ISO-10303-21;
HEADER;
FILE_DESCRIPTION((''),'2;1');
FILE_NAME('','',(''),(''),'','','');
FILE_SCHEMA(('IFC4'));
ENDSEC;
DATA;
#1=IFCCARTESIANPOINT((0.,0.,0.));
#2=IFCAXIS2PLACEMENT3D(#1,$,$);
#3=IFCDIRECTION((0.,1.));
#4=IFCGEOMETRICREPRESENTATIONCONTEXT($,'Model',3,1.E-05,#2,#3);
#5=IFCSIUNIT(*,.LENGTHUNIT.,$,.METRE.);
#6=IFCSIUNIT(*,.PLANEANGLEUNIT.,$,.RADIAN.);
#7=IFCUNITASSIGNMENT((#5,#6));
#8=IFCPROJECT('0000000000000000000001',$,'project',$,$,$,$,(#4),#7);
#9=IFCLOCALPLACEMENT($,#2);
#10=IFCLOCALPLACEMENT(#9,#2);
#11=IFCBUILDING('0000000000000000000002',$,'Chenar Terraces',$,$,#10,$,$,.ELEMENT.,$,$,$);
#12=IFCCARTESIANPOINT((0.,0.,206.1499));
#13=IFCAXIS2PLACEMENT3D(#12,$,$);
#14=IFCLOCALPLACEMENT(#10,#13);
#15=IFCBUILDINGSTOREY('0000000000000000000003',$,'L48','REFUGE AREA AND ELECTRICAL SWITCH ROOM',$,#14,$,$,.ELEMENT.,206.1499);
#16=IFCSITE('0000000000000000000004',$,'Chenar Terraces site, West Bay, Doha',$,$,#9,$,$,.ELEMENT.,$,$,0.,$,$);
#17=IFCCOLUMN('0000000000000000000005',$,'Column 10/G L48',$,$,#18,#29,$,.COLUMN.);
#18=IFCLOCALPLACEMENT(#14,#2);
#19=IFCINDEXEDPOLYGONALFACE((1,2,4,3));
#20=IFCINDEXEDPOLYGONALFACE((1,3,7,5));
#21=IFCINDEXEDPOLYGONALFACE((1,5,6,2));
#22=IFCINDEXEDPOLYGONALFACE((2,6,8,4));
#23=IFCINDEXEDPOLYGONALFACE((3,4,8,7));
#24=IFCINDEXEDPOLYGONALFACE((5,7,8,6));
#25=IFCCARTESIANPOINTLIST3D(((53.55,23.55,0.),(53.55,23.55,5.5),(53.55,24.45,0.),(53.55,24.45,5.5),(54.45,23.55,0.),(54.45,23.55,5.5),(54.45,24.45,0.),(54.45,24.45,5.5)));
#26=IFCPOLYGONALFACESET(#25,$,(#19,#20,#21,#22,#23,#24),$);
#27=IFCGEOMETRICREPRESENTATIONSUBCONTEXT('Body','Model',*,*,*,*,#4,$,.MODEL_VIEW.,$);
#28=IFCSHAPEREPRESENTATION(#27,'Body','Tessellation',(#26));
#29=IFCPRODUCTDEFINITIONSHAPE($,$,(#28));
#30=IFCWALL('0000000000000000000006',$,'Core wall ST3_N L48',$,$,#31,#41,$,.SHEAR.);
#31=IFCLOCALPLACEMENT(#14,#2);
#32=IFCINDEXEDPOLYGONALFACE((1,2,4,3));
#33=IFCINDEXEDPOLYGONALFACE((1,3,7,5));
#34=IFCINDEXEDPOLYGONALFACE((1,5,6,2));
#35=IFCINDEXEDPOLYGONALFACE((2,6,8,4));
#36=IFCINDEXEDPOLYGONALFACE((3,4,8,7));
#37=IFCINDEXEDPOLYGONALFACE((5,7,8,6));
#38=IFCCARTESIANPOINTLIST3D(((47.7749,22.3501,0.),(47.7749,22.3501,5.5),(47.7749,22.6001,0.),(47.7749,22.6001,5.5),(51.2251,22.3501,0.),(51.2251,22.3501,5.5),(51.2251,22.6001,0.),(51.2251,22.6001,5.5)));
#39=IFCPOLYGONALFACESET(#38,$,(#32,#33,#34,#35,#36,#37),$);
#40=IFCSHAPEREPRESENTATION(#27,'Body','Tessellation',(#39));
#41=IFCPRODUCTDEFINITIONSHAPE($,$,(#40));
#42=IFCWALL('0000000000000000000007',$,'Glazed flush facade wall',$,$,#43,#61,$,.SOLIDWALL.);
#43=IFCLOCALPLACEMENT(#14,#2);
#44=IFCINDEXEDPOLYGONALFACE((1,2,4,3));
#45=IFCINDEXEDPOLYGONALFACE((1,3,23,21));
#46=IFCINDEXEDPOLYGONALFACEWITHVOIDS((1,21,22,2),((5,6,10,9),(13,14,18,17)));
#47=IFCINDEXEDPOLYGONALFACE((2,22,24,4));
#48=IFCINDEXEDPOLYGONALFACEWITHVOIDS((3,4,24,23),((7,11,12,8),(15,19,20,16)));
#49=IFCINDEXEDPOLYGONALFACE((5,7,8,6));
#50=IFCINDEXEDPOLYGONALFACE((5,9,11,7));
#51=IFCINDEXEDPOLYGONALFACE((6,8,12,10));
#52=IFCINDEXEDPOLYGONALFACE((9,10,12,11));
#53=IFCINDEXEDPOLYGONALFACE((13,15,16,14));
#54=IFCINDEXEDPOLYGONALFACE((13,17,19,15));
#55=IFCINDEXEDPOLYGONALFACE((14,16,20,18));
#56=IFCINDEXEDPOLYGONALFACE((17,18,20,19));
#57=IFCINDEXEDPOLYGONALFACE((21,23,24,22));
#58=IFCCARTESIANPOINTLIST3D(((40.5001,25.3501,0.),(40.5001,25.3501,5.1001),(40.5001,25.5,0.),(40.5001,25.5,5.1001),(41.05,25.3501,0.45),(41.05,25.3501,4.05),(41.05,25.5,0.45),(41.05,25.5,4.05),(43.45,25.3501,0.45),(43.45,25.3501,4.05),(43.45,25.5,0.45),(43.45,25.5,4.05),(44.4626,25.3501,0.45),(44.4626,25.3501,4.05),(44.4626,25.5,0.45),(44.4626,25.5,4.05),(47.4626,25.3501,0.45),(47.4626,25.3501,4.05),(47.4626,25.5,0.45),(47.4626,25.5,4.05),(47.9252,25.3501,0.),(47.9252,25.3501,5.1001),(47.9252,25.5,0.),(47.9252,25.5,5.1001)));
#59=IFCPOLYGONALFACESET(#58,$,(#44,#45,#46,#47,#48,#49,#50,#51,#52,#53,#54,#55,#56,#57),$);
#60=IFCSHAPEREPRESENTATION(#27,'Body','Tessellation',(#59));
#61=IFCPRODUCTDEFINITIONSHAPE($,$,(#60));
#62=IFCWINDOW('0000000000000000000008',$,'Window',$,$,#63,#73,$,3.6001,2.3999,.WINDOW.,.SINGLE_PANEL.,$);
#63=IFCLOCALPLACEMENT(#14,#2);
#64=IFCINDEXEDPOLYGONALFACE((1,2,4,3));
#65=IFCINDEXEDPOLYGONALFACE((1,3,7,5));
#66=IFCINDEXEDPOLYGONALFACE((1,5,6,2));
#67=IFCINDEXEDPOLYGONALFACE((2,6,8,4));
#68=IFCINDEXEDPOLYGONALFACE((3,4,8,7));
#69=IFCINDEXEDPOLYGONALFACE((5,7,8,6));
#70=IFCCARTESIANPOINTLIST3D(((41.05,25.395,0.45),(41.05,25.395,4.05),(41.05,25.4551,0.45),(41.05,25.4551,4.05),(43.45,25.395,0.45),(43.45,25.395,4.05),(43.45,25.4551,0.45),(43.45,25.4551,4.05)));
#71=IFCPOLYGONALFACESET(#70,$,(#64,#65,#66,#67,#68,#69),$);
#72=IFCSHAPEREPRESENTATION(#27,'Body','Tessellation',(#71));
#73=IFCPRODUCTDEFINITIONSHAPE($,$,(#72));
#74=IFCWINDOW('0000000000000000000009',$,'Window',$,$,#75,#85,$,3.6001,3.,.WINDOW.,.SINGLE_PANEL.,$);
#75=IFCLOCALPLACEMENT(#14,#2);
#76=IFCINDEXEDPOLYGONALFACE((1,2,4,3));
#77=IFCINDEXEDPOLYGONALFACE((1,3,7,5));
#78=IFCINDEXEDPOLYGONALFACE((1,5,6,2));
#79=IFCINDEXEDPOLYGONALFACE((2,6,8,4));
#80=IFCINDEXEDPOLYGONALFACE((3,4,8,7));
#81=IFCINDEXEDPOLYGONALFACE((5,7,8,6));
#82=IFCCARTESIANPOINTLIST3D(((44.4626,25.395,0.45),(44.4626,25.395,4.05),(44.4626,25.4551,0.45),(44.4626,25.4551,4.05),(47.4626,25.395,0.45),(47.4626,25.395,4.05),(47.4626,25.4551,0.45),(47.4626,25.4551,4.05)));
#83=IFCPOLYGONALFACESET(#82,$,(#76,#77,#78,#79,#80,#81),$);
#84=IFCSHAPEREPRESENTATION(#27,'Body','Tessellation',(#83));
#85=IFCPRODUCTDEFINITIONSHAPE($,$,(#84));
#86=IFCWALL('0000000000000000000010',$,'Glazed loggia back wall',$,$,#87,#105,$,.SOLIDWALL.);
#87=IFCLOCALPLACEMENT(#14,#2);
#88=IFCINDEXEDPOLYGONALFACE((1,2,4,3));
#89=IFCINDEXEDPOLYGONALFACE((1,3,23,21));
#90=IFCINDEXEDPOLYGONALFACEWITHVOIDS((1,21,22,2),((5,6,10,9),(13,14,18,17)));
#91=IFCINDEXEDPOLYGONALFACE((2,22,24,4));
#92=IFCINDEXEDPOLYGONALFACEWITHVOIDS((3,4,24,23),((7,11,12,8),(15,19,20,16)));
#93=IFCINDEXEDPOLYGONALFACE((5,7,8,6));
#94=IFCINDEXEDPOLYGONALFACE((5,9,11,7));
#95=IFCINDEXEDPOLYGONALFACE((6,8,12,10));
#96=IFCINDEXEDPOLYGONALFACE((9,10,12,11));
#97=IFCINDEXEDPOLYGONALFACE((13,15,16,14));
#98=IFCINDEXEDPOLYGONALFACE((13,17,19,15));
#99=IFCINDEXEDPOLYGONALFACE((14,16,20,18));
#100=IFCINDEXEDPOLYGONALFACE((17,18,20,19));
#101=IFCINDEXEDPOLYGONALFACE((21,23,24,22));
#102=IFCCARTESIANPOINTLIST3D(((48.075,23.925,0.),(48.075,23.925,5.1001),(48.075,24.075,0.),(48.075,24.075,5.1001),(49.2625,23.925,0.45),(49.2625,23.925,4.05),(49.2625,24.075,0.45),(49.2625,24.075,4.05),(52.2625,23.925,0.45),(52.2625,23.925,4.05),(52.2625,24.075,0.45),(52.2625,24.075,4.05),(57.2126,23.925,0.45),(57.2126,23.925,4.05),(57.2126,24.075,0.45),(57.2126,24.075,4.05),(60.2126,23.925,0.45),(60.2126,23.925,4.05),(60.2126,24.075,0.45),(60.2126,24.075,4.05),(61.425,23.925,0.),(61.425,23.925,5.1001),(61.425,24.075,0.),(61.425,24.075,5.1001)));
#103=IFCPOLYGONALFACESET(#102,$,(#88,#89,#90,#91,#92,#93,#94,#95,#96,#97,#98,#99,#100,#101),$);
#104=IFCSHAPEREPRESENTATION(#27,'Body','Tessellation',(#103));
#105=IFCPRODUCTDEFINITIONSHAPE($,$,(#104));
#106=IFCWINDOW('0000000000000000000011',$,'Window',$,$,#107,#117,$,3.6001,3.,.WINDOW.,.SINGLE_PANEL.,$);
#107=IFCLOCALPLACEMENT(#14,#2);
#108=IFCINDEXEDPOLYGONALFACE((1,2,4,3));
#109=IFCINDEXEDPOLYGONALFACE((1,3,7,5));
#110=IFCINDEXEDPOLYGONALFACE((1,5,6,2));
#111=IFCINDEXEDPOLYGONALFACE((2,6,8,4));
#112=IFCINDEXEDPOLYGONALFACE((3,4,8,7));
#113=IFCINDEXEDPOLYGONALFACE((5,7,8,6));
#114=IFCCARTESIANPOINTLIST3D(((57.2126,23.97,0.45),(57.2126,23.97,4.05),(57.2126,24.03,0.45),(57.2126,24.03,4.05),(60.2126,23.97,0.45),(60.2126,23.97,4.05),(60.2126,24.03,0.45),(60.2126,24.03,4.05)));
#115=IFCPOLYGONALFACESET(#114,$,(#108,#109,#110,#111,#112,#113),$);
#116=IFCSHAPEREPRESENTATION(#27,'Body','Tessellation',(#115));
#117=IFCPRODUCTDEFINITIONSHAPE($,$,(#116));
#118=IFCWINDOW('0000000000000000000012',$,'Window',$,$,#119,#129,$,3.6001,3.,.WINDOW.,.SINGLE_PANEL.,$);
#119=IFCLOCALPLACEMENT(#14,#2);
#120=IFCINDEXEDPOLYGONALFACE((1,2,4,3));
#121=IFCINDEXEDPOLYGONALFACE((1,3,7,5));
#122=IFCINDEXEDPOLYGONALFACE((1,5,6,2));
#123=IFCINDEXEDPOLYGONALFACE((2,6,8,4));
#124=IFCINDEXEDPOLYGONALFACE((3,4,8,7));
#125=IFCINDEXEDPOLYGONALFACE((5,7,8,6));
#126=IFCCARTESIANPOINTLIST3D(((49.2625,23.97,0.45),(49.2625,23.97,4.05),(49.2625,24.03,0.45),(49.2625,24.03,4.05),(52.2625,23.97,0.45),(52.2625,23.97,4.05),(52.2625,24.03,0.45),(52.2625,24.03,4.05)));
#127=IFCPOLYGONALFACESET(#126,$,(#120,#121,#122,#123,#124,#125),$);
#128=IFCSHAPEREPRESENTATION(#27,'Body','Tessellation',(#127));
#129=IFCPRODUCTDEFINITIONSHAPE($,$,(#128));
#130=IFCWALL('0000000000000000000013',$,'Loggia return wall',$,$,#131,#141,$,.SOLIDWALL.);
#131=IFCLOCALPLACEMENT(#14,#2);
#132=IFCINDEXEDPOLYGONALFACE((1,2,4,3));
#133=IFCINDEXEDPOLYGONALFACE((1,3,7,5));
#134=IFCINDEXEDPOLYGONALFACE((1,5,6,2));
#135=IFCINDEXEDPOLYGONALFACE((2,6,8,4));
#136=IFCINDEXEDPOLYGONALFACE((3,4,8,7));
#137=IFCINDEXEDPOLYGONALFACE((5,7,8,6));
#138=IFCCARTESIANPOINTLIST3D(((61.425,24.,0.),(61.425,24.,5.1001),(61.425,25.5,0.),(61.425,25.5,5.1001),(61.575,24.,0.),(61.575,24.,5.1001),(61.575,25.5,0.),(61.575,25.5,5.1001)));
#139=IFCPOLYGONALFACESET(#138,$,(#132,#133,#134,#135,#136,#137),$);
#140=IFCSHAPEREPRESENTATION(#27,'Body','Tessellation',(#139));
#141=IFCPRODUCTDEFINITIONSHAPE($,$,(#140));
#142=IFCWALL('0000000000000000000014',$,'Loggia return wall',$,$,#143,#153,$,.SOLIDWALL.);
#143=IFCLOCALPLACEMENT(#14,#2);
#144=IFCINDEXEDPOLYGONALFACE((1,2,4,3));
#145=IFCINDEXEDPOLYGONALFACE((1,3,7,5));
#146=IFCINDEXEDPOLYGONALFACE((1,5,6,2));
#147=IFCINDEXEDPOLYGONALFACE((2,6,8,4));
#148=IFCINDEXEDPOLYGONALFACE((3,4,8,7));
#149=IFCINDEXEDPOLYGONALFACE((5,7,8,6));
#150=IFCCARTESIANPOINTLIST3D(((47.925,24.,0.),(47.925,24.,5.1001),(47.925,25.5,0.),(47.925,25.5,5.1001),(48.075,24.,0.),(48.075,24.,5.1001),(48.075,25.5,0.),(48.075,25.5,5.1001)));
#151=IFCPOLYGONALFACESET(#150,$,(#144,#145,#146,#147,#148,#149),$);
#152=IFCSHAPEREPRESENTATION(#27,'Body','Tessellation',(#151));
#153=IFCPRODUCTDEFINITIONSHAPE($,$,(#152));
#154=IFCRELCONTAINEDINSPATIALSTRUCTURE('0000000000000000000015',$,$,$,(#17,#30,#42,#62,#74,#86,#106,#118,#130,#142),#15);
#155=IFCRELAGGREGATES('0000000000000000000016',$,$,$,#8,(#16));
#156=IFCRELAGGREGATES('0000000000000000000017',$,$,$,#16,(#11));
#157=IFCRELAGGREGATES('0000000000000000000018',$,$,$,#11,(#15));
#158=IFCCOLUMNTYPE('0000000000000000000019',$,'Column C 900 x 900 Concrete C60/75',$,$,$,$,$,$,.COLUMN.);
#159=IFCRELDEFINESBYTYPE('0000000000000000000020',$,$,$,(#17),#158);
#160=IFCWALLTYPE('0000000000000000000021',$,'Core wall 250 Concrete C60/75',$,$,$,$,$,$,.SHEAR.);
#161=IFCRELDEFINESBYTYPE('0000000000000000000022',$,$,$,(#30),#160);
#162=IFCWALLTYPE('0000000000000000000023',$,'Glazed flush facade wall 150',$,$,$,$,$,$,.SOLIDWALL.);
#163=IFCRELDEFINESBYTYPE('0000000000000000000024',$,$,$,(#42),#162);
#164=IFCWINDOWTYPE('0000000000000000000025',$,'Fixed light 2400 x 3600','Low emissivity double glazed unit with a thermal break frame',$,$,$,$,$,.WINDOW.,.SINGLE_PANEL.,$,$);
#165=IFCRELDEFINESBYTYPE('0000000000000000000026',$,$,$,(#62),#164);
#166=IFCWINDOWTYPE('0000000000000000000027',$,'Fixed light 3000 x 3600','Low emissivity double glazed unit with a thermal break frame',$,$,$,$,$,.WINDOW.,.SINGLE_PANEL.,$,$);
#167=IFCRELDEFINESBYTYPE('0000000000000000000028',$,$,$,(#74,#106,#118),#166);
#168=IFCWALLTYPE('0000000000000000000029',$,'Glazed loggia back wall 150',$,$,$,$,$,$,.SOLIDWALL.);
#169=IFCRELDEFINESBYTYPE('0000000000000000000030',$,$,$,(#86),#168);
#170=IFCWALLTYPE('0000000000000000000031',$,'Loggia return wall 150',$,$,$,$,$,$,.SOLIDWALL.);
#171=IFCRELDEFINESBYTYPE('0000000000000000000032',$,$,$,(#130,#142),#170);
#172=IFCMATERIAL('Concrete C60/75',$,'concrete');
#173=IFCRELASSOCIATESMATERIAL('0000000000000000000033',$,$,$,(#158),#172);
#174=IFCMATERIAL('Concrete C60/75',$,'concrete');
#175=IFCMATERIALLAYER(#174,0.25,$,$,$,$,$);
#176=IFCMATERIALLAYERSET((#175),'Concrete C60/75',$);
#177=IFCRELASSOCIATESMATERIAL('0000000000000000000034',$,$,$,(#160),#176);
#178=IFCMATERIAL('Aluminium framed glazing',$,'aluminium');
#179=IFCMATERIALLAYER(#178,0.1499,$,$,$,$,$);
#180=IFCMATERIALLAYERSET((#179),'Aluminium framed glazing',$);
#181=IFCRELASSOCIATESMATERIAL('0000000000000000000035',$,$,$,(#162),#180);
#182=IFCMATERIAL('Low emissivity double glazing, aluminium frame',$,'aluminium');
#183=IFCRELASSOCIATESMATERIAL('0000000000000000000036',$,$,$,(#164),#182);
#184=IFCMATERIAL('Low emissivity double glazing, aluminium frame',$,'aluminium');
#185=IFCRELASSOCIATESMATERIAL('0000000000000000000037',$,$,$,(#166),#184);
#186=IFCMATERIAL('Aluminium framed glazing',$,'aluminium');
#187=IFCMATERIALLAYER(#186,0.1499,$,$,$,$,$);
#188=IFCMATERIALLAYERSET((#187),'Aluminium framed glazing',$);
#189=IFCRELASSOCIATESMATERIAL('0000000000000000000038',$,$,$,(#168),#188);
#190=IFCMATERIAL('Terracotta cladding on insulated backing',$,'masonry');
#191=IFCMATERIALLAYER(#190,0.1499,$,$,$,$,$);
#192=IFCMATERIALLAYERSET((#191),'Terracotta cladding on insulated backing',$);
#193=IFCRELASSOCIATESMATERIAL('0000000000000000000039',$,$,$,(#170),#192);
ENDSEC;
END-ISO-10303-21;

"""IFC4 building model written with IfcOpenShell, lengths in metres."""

from ifc_helpers import new_model, si_unit, direction, frame, frame_2d, origin, origin_2d, place, context, subcontext, project, spatial, rectangle, extrude, material, layer, layer_set, material_profile, profile_set, type_object, element, fill, save


model = new_model("IFC4")

# Units and contexts
model_context = context("Model", 3, precision=1e-05, world=origin(), true_north=direction((0.0, 1.0)))
body_context = subcontext(model_context, "Body", "Model", "MODEL_VIEW")
ifc_project = project(units=[si_unit("LENGTHUNIT", "METRE"), si_unit("PLANEANGLEUNIT", "RADIAN")], contexts=[model_context])

# Site, building, storey
site_placement = place(None, origin())
site = spatial("IfcSite", under=ifc_project, at=site_placement, Name="Chenar Terraces site, West Bay, Doha", CompositionType="ELEMENT", RefElevation=0.0)
building_placement = place(site_placement, origin())
building = spatial("IfcBuilding", under=site, at=building_placement, Name="Chenar Terraces", CompositionType="ELEMENT")
storey_placement = place(building_placement, frame((0.0, 0.0, 206.1499)))
storey = spatial("IfcBuildingStorey", under=building, at=storey_placement, Name="L48", Description="REFUGE AREA AND ELECTRICAL SWITCH ROOM", CompositionType="ELEMENT", Elevation=206.1499)

# Column
ifc_material_1 = material(Name="Concrete C60/75", Category="concrete")
ifc_material_profile_1 = material_profile(ifc_material_1, rectangle(XDim=0.8999, YDim=0.8999, at=origin_2d()), Name="C 900 x 900")
ifc_profile_set_1 = profile_set([ifc_material_profile_1], Name="Concrete C60/75")
column_type = type_object("IfcColumnType", Name="Column C 900 x 900 Concrete C60/75", PredefinedType="COLUMN", material=ifc_profile_set_1)
column_placement = place(storey_placement, frame((54.0, 24.0, 0.0), z_axis=(0.0, 0.0, 1.0), x_axis=(1.0, 0.0, 0.0)))
element("IfcColumn", 1, at=column_placement, inside=storey, type_object=column_type, Name="Column 10/G L48", PredefinedType="COLUMN", context=body_context, shape_type="SweptSolid", body=[
    extrude(rectangle(XDim=0.8999, YDim=0.8999, at=origin_2d()), origin(), (0.0, 0.0, 1.0), 5.5),
])

# Wall
ifc_material_2 = material(Name="Concrete C60/75", Category="concrete")
ifc_layer_1 = layer(ifc_material_2, 0.25)
ifc_layer_set_1 = layer_set([ifc_layer_1], Name="Concrete C60/75")
wall_type_1 = type_object("IfcWallType", Name="Core wall 250 Concrete C60/75", PredefinedType="SHEAR", material=ifc_layer_set_1)
wall_1_placement = place(storey_placement, frame((47.7749, 22.4751, 0.0), z_axis=(0.0, 0.0, 1.0), x_axis=(1.0, 0.0, 0.0)))
element("IfcWall", 2, at=wall_1_placement, inside=storey, type_object=wall_type_1, Name="Core wall ST3_N L48", PredefinedType="SHEAR", context=body_context, shape_type="SweptSolid", body=[
    extrude(rectangle(XDim=3.4502, YDim=0.25, at=frame_2d((1.7251, 0.0))), origin(), (0.0, 0.0, 1.0), 5.5),
])

# Walls, openings, windows
ifc_material_3 = material(Name="Aluminium framed glazing", Category="aluminium")
ifc_layer_2 = layer(ifc_material_3, 0.1499)
ifc_layer_set_2 = layer_set([ifc_layer_2], Name="Aluminium framed glazing")
wall_type_2 = type_object("IfcWallType", Name="Glazed flush facade wall 150", PredefinedType="SOLIDWALL", material=ifc_layer_set_2)
wall_2_placement = place(storey_placement, frame((47.925, 25.425, 0.0), z_axis=(0.0, 0.0, 1.0), x_axis=(-1.0, 0.0, 0.0)))
wall_2 = element("IfcWall", 3, at=wall_2_placement, inside=storey, type_object=wall_type_2, Name="Glazed flush facade wall", PredefinedType="SOLIDWALL", context=body_context, shape_type="SweptSolid", body=[
    extrude(rectangle(XDim=7.425, YDim=0.1499, at=frame_2d((3.7124, 0.0))), origin(), (0.0, 0.0, 1.0), 5.1001),
])
opening_1_placement = place(wall_2_placement, frame((0.4624, 0.0, 0.45)))
opening_1 = element("IfcOpeningElement", 4, at=opening_1_placement, cuts=wall_2, PredefinedType="OPENING", context=body_context, shape_type="SweptSolid", body=[
    extrude(rectangle(XDim=3.0, YDim=3.6001, at=frame_2d((1.5, 1.8))), frame((0.0, 0.085, 0.0), z_axis=(0.0, -1.0, 0.0), x_axis=(1.0, 0.0, 0.0)), (0.0, 0.0, 1.0), 0.1699),
])
opening_2_placement = place(wall_2_placement, frame((4.4751, 0.0, 0.45)))
opening_2 = element("IfcOpeningElement", 5, at=opening_2_placement, cuts=wall_2, PredefinedType="OPENING", context=body_context, shape_type="SweptSolid", body=[
    extrude(rectangle(XDim=2.3999, YDim=3.6001, at=frame_2d((1.2, 1.8))), frame((0.0, 0.085, 0.0), z_axis=(0.0, -1.0, 0.0), x_axis=(1.0, 0.0, 0.0)), (0.0, 0.0, 1.0), 0.1699),
])
ifc_material_4 = material(Name="Low emissivity double glazing, aluminium frame", Category="aluminium")
window_type_1 = type_object("IfcWindowType", Name="Fixed light 2400 x 3600", Description="Low emissivity double glazed unit with a thermal break frame", PartitioningType="SINGLE_PANEL", PredefinedType="WINDOW", material=ifc_material_4)
window_1_placement = place(opening_2_placement, origin())
window_1 = element("IfcWindow", 6, at=window_1_placement, inside=storey, type_object=window_type_1, Name="Window", OverallHeight=3.6001, OverallWidth=2.3999, PartitioningType="SINGLE_PANEL", PredefinedType="WINDOW", context=body_context, shape_type="SweptSolid", body=[
    extrude(rectangle(XDim=2.3999, YDim=3.6001, at=frame_2d((1.2, 1.8))), frame((0.0, 0.03, 0.0), z_axis=(0.0, -1.0, 0.0), x_axis=(1.0, 0.0, 0.0)), (0.0, 0.0, 1.0), 0.0601),
])
fill(opening_2, window_1)
ifc_material_5 = material(Name="Low emissivity double glazing, aluminium frame", Category="aluminium")
window_type_2 = type_object("IfcWindowType", Name="Fixed light 3000 x 3600", Description="Low emissivity double glazed unit with a thermal break frame", PartitioningType="SINGLE_PANEL", PredefinedType="WINDOW", material=ifc_material_5)
window_2_placement = place(opening_1_placement, origin())
window_2 = element("IfcWindow", 7, at=window_2_placement, inside=storey, type_object=window_type_2, Name="Window", OverallHeight=3.6001, OverallWidth=3.0, PartitioningType="SINGLE_PANEL", PredefinedType="WINDOW", context=body_context, shape_type="SweptSolid", body=[
    extrude(rectangle(XDim=3.0, YDim=3.6001, at=frame_2d((1.5, 1.8))), frame((0.0, 0.03, 0.0), z_axis=(0.0, -1.0, 0.0), x_axis=(1.0, 0.0, 0.0)), (0.0, 0.0, 1.0), 0.0601),
])
fill(opening_1, window_2)
ifc_material_6 = material(Name="Aluminium framed glazing", Category="aluminium")
ifc_layer_3 = layer(ifc_material_6, 0.1499)
ifc_layer_set_3 = layer_set([ifc_layer_3], Name="Aluminium framed glazing")
wall_type_3 = type_object("IfcWallType", Name="Glazed loggia back wall 150", PredefinedType="SOLIDWALL", material=ifc_layer_set_3)
wall_3_placement = place(storey_placement, frame((61.425, 24.0, 0.0), z_axis=(0.0, 0.0, 1.0), x_axis=(-1.0, 0.0, 0.0)))
wall_3 = element("IfcWall", 8, at=wall_3_placement, inside=storey, type_object=wall_type_3, Name="Glazed loggia back wall", PredefinedType="SOLIDWALL", context=body_context, shape_type="SweptSolid", body=[
    extrude(rectangle(XDim=13.3501, YDim=0.1499, at=frame_2d((6.675, 0.0))), origin(), (0.0, 0.0, 1.0), 5.1001),
])
opening_3_placement = place(wall_3_placement, frame((1.2124, 0.0, 0.45)))
opening_3 = element("IfcOpeningElement", 9, at=opening_3_placement, cuts=wall_3, PredefinedType="OPENING", context=body_context, shape_type="SweptSolid", body=[
    extrude(rectangle(XDim=3.0, YDim=3.6001, at=frame_2d((1.5, 1.8))), frame((0.0, 0.085, 0.0), z_axis=(0.0, -1.0, 0.0), x_axis=(1.0, 0.0, 0.0)), (0.0, 0.0, 1.0), 0.1699),
])
opening_4_placement = place(wall_3_placement, frame((9.1626, 0.0, 0.45)))
opening_4 = element("IfcOpeningElement", 10, at=opening_4_placement, cuts=wall_3, PredefinedType="OPENING", context=body_context, shape_type="SweptSolid", body=[
    extrude(rectangle(XDim=3.0, YDim=3.6001, at=frame_2d((1.5, 1.8))), frame((0.0, 0.085, 0.0), z_axis=(0.0, -1.0, 0.0), x_axis=(1.0, 0.0, 0.0)), (0.0, 0.0, 1.0), 0.1699),
])
window_3_placement = place(opening_3_placement, origin())
window_3 = element("IfcWindow", 11, at=window_3_placement, inside=storey, type_object=window_type_2, Name="Window", OverallHeight=3.6001, OverallWidth=3.0, PartitioningType="SINGLE_PANEL", PredefinedType="WINDOW", context=body_context, shape_type="SweptSolid", body=[
    extrude(rectangle(XDim=3.0, YDim=3.6001, at=frame_2d((1.5, 1.8))), frame((0.0, 0.03, 0.0), z_axis=(0.0, -1.0, 0.0), x_axis=(1.0, 0.0, 0.0)), (0.0, 0.0, 1.0), 0.0601),
])
fill(opening_3, window_3)
window_4_placement = place(opening_4_placement, origin())
window_4 = element("IfcWindow", 12, at=window_4_placement, inside=storey, type_object=window_type_2, Name="Window", OverallHeight=3.6001, OverallWidth=3.0, PartitioningType="SINGLE_PANEL", PredefinedType="WINDOW", context=body_context, shape_type="SweptSolid", body=[
    extrude(rectangle(XDim=3.0, YDim=3.6001, at=frame_2d((1.5, 1.8))), frame((0.0, 0.03, 0.0), z_axis=(0.0, -1.0, 0.0), x_axis=(1.0, 0.0, 0.0)), (0.0, 0.0, 1.0), 0.0601),
])
fill(opening_4, window_4)

# Walls
ifc_material_7 = material(Name="Terracotta cladding on insulated backing", Category="masonry")
ifc_layer_4 = layer(ifc_material_7, 0.1499)
ifc_layer_set_4 = layer_set([ifc_layer_4], Name="Terracotta cladding on insulated backing")
wall_type_4 = type_object("IfcWallType", Name="Loggia return wall 150", PredefinedType="SOLIDWALL", material=ifc_layer_set_4)
for number, where, z_axis, x_axis, name in (
    (13, (61.5, 25.5, 0.0), (0.0, 0.0, 1.0), (0.0, -1.0, 0.0), "Loggia return wall"),
    (14, (48.0, 25.5, 0.0), (0.0, 0.0, 1.0), (0.0, -1.0, 0.0), "Loggia return wall"),
):
    element("IfcWall", number, at=place(storey_placement, frame(where, z_axis=z_axis, x_axis=x_axis)), inside=storey, type_object=wall_type_4, Name=name, PredefinedType="SOLIDWALL", context=body_context, shape_type="SweptSolid", body=[
        extrude(rectangle(XDim=1.5, YDim=0.1499, at=frame_2d((0.75, 0.0))), origin(), (0.0, 0.0, 1.0), 5.1001),
    ])

save(model, "model.ifc")
